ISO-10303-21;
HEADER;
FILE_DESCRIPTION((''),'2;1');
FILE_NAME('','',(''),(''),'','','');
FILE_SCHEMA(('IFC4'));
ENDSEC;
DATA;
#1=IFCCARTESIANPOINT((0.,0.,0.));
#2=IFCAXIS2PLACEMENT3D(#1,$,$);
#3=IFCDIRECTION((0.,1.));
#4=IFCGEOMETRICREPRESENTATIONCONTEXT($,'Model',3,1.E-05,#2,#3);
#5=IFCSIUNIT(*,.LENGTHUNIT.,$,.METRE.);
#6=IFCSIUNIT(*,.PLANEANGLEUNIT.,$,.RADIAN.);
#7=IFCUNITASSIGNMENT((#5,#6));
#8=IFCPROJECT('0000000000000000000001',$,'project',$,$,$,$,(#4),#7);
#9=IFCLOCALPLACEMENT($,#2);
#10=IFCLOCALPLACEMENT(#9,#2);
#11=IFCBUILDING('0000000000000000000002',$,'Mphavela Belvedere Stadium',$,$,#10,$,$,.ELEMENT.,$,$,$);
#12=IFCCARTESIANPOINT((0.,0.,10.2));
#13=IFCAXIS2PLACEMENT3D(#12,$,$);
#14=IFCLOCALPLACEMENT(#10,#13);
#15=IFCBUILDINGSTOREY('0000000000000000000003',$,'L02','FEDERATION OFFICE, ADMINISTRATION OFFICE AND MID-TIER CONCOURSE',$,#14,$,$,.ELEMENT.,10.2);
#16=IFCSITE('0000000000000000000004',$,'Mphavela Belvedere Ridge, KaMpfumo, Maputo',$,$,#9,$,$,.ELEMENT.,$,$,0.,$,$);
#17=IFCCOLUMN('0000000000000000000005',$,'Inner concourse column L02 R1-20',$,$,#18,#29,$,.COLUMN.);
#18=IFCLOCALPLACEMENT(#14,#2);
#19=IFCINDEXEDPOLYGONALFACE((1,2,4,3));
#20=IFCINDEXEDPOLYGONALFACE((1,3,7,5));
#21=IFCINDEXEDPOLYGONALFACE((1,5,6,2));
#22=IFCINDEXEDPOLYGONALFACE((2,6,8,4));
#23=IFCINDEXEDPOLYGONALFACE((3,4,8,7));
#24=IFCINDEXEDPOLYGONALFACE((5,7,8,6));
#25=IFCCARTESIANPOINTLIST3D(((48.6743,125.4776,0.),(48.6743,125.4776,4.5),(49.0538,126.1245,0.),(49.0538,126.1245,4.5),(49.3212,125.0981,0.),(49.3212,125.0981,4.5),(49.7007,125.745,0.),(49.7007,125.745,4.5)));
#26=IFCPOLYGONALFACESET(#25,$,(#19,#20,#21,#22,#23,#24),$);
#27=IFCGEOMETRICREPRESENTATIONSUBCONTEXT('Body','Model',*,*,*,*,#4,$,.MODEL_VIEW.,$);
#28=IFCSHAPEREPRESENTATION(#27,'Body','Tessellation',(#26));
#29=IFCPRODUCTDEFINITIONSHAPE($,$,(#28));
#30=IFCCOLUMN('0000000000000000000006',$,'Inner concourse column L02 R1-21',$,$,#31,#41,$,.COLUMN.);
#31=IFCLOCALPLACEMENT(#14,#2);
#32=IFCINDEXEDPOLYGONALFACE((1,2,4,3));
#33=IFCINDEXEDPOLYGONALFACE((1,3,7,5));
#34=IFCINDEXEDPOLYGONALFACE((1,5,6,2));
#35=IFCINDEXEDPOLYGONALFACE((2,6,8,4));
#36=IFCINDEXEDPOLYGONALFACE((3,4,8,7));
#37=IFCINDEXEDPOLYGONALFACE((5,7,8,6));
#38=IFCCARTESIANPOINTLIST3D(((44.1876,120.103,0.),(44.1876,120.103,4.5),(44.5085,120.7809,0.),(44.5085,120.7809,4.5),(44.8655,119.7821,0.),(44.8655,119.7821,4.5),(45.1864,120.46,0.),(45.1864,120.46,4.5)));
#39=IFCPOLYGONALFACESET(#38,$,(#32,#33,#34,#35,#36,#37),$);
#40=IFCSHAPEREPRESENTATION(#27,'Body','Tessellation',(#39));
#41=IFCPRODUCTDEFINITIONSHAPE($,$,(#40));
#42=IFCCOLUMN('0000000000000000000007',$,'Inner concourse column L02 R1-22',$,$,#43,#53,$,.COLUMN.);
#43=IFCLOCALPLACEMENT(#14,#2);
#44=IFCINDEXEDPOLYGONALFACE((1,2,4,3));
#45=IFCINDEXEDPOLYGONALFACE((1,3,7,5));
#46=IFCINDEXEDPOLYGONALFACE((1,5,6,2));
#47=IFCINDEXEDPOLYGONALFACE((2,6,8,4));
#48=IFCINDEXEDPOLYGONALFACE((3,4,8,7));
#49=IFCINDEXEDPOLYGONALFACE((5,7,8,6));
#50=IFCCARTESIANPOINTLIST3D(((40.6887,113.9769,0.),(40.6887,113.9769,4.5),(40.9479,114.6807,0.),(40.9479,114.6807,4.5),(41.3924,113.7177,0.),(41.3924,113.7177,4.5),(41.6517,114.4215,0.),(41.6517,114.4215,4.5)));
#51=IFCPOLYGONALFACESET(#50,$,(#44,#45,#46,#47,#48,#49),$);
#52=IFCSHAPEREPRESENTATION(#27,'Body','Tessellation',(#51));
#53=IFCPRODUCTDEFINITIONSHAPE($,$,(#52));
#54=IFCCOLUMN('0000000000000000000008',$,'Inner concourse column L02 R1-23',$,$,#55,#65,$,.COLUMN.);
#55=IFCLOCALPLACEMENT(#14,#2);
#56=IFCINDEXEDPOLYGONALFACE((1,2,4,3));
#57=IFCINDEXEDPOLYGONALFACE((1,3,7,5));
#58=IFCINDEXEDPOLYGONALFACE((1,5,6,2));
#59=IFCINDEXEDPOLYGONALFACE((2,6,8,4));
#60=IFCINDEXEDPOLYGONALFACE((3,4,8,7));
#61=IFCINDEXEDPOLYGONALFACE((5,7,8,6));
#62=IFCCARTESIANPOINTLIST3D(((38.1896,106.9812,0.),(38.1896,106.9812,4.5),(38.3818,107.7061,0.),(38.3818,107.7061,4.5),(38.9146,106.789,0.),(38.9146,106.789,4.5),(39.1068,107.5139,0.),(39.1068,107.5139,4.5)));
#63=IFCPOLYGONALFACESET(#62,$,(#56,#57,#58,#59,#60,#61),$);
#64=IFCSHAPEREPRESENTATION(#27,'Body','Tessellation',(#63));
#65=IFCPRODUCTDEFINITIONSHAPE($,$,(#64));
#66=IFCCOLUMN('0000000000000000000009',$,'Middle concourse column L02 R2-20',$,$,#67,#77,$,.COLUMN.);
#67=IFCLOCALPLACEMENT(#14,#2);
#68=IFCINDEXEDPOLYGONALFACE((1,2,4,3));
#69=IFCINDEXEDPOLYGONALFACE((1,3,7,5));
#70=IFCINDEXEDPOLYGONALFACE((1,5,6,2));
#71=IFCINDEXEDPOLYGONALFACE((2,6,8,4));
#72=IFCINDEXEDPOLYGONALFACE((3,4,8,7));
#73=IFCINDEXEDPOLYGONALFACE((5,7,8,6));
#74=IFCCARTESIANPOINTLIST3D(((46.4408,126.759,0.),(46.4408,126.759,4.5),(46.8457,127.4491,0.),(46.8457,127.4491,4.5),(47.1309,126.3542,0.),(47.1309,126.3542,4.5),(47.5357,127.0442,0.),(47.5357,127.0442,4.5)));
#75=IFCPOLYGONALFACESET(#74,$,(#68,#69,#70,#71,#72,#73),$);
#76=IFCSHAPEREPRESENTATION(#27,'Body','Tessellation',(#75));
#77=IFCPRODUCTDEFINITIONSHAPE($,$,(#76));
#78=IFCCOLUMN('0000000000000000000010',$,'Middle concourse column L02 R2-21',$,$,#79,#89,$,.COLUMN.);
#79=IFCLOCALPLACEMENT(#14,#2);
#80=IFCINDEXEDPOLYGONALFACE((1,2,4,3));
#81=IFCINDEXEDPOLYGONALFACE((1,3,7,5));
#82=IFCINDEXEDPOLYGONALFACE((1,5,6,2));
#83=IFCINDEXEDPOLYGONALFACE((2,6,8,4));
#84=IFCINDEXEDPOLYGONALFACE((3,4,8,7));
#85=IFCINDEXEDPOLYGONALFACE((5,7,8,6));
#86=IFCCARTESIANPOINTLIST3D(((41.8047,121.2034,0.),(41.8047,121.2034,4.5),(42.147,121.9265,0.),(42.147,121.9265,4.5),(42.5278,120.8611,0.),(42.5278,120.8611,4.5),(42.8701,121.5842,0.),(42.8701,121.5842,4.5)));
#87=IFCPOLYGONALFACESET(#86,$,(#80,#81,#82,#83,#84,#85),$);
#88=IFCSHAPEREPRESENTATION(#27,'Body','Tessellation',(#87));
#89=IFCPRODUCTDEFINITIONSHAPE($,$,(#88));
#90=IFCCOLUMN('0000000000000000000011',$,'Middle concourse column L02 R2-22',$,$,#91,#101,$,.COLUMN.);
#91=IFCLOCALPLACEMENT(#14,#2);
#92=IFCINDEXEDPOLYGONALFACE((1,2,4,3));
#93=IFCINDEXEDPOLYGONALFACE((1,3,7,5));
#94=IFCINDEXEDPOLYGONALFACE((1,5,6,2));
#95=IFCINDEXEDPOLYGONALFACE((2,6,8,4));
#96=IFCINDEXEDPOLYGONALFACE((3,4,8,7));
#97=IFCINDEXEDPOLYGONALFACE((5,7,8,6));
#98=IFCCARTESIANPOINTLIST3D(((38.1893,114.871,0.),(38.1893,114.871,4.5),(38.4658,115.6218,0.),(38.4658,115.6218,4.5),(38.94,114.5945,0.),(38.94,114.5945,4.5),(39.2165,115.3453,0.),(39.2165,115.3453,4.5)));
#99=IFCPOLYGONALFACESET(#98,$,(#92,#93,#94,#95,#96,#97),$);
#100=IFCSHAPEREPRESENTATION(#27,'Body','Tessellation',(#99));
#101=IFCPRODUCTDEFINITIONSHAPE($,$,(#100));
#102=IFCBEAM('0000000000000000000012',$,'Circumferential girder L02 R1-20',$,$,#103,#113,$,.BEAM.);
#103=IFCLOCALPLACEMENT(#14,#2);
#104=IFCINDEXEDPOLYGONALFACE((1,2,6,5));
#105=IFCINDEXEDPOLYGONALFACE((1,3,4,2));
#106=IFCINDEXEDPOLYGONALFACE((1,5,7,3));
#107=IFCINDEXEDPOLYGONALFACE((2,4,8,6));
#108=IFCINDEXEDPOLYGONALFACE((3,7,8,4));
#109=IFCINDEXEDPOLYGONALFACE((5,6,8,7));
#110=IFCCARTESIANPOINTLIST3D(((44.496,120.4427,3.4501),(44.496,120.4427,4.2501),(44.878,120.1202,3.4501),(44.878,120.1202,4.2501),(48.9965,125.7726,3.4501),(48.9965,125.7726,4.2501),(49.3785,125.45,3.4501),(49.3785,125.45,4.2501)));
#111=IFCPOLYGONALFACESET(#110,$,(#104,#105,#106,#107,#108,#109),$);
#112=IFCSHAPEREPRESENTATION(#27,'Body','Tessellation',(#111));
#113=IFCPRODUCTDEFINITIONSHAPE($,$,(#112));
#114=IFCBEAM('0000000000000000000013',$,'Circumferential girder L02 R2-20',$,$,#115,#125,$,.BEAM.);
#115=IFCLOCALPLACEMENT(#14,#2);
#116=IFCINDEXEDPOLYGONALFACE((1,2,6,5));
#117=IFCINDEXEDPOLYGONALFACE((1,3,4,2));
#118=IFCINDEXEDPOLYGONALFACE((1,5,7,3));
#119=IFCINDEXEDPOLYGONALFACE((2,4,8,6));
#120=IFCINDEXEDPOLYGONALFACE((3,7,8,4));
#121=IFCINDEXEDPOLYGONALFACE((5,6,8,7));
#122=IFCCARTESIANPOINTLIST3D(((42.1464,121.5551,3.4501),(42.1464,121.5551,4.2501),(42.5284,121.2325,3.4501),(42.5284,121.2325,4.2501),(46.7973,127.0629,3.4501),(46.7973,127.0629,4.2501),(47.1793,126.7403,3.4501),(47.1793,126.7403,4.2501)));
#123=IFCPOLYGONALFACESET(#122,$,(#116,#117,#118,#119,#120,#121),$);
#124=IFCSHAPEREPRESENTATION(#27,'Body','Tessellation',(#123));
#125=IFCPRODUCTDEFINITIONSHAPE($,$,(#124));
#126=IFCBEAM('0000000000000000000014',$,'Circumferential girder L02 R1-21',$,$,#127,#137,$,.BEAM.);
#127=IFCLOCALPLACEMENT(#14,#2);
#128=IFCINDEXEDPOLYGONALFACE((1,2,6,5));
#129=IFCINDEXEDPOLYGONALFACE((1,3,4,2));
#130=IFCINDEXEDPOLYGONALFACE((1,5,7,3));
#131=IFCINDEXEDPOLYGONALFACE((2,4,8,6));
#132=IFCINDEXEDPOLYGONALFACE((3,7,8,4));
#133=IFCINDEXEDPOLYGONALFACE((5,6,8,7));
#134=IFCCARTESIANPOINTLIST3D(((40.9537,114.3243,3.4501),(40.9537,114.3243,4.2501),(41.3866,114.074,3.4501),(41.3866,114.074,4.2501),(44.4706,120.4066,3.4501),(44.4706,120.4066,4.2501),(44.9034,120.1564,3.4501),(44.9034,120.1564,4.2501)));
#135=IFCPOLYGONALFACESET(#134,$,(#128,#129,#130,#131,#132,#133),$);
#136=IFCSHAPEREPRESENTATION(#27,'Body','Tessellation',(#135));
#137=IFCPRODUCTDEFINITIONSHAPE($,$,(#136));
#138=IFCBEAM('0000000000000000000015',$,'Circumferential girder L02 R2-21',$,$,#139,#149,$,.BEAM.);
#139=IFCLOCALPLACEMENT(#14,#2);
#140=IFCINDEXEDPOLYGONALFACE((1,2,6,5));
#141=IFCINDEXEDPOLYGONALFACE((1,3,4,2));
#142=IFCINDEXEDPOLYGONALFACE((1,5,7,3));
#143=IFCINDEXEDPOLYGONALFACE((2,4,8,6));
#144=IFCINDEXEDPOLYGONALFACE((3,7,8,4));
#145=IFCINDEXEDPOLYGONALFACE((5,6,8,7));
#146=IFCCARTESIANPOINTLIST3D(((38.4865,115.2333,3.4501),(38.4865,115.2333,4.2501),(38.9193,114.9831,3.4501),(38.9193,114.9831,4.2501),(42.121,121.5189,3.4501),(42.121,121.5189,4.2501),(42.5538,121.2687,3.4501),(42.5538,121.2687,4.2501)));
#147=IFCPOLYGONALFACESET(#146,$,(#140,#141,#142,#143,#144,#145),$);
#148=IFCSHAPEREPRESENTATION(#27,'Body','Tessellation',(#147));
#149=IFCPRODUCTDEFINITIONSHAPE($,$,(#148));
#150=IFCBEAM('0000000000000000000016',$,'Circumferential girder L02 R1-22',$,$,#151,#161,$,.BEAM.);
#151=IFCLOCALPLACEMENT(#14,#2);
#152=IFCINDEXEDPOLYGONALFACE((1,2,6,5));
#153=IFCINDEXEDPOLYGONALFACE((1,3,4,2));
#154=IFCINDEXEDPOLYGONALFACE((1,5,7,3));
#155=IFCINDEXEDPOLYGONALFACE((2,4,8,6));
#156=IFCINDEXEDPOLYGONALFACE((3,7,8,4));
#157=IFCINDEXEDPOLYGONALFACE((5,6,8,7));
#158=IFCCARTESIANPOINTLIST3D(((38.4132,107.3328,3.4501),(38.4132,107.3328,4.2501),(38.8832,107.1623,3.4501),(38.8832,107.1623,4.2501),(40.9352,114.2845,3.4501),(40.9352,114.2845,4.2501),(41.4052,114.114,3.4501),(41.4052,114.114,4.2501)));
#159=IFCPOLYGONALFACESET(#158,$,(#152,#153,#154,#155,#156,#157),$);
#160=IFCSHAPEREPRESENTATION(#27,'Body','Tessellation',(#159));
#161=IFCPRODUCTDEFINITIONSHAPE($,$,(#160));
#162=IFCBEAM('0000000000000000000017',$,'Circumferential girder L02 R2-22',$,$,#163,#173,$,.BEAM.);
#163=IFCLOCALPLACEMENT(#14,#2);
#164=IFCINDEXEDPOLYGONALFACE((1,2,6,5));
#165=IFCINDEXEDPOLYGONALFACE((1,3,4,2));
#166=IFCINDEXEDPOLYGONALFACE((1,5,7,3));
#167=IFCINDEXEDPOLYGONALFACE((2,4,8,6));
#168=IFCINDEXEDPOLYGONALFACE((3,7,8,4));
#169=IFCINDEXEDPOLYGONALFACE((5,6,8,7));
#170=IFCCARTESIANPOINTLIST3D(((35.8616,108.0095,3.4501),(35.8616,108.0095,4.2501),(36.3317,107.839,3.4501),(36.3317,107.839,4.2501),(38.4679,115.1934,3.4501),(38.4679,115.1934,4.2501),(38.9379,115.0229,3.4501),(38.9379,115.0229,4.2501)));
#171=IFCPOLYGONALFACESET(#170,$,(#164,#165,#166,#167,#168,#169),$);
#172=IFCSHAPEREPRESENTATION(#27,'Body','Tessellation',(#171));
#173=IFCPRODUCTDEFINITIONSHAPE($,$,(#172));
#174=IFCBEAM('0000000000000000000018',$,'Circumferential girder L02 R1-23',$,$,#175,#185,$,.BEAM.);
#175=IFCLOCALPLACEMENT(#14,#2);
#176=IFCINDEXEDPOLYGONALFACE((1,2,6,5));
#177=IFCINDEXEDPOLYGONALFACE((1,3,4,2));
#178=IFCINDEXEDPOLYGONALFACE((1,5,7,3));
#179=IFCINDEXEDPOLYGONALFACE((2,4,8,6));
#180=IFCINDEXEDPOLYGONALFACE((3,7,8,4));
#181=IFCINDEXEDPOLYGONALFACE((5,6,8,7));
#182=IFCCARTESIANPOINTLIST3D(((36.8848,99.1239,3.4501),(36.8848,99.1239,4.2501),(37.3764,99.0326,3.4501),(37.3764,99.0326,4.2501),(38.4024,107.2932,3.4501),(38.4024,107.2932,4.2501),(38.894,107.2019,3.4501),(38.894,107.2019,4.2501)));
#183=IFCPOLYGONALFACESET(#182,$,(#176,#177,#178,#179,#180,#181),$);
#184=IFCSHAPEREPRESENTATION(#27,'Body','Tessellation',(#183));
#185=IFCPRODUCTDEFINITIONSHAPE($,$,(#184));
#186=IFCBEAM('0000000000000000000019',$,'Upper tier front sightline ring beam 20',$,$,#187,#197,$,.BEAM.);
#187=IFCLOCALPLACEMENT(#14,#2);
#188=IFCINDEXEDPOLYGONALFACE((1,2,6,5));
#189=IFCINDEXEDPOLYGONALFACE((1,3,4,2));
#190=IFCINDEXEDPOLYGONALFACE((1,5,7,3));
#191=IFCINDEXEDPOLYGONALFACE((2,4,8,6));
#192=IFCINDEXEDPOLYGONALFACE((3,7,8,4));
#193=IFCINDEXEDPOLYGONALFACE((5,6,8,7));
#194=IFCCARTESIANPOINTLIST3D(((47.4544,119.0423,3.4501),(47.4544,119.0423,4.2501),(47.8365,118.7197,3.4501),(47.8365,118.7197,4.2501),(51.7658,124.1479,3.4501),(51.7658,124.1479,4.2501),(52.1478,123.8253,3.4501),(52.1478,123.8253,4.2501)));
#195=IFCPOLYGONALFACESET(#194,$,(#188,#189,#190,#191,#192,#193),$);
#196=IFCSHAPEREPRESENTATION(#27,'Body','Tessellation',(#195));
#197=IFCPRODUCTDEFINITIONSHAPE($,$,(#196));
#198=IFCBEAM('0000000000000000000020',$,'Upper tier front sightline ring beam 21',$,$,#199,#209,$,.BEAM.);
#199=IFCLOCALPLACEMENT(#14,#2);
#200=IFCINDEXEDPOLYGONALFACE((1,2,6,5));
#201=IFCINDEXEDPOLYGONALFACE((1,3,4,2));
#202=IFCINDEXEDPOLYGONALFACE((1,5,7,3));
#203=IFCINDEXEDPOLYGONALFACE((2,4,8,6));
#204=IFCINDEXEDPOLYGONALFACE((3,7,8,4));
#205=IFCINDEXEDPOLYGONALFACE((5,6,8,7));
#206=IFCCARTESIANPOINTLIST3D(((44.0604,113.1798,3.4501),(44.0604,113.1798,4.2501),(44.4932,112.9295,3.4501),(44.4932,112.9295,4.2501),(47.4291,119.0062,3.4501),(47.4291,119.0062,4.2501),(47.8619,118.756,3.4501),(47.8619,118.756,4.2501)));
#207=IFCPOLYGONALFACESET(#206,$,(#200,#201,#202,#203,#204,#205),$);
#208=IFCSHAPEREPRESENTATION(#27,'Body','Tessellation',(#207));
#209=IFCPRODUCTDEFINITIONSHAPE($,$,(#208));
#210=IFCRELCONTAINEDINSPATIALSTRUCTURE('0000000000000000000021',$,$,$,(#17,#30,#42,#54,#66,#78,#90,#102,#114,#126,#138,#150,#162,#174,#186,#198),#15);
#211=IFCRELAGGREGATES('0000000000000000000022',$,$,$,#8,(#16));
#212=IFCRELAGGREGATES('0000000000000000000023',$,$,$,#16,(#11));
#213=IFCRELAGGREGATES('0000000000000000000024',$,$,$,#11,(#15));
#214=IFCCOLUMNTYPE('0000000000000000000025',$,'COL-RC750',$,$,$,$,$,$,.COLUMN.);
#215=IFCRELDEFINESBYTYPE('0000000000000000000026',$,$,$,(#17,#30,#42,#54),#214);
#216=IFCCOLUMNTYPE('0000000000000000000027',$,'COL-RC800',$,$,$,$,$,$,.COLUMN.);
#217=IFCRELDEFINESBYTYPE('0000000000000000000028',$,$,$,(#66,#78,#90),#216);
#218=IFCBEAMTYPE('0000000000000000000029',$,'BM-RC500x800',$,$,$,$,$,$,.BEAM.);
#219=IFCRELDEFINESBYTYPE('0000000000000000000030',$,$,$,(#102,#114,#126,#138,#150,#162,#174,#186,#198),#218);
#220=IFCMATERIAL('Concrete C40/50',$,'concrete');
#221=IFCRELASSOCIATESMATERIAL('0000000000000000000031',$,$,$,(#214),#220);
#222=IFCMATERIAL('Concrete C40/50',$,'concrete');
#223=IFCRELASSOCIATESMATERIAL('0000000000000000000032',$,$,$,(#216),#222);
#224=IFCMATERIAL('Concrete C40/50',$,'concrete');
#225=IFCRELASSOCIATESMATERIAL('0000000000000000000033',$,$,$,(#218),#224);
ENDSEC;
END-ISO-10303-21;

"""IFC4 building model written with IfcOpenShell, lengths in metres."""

from ifc_helpers import new_model, si_unit, direction, frame, origin, origin_2d, place, context, subcontext, project, spatial, rectangle, extrude, material, material_profile, profile_set, type_object, element, save


model = new_model("IFC4")

# Units and contexts
model_context = context("Model", 3, precision=1e-05, world=origin(), true_north=direction((0.0, 1.0)))
body_context = subcontext(model_context, "Body", "Model", "MODEL_VIEW")
ifc_project = project(units=[si_unit("LENGTHUNIT", "METRE"), si_unit("PLANEANGLEUNIT", "RADIAN")], contexts=[model_context])

# Site, building, storey
site_placement = place(None, origin())
site = spatial("IfcSite", under=ifc_project, at=site_placement, Name="Mphavela Belvedere Ridge, KaMpfumo, Maputo", CompositionType="ELEMENT", RefElevation=0.0)
building_placement = place(site_placement, origin())
building = spatial("IfcBuilding", under=site, at=building_placement, Name="Mphavela Belvedere Stadium", CompositionType="ELEMENT")
storey_placement = place(building_placement, frame((0.0, 0.0, 10.2)))
storey = spatial("IfcBuildingStorey", under=building, at=storey_placement, Name="L02", Description="FEDERATION OFFICE, ADMINISTRATION OFFICE AND MID-TIER CONCOURSE", CompositionType="ELEMENT", Elevation=10.2)

# Columns
ifc_material_1 = material(Name="Concrete C40/50", Category="concrete")
ifc_material_profile_1 = material_profile(ifc_material_1, rectangle(XDim=0.75, YDim=0.75, at=origin_2d()), Name="RC 750x750")
ifc_profile_set_1 = profile_set([ifc_material_profile_1], Name="Concrete C40/50")
column_type_1 = type_object("IfcColumnType", Name="COL-RC750", PredefinedType="COLUMN", material=ifc_profile_set_1)
for number, where, z_axis, x_axis, name in (
    (1, (49.1875, 125.6113, 0.0), (0.0, 0.0, 1.0), (-0.862514, 0.506034, 0.0), "Inner concourse column L02 R1-20"),
    (2, (44.687, 120.2815, 0.0), (0.0, 0.0, 1.0), (-0.903859, 0.427831, 0.0), "Inner concourse column L02 R1-21"),
    (3, (41.1702, 114.1992, 0.0), (0.0, 0.0, 1.0), (-0.938372, 0.345626, 0.0), "Inner concourse column L02 R1-22"),
    (4, (38.6482, 107.2476, 0.0), (0.0, 0.0, 1.0), (-0.9666, 0.256289, 0.0), "Inner concourse column L02 R1-23"),
):
    element("IfcColumn", number, at=place(storey_placement, frame(where, z_axis=z_axis, x_axis=x_axis)), inside=storey, type_object=column_type_1, Name=name, PredefinedType="COLUMN", context=body_context, shape_type="SweptSolid", body=[
        extrude(rectangle(XDim=0.75, YDim=0.75, at=origin_2d()), origin(), (0.0, 0.0, 1.0), 4.5),
    ])
ifc_material_2 = material(Name="Concrete C40/50", Category="concrete")
ifc_material_profile_2 = material_profile(ifc_material_2, rectangle(XDim=0.8, YDim=0.8, at=origin_2d()), Name="RC 800x800")
ifc_profile_set_2 = profile_set([ifc_material_profile_2], Name="Concrete C40/50")
column_type_2 = type_object("IfcColumnType", Name="COL-RC800", PredefinedType="COLUMN", material=ifc_profile_set_2)
for number, where, z_axis, x_axis, name in (
    (5, (46.9883, 126.9016, 0.0), (0.0, 0.0, 1.0), (-0.862514, 0.506034, 0.0), "Middle concourse column L02 R2-20"),
    (6, (42.3374, 121.3938, 0.0), (0.0, 0.0, 1.0), (-0.903859, 0.427831, 0.0), "Middle concourse column L02 R2-21"),
    (7, (38.7029, 115.1082, 0.0), (0.0, 0.0, 1.0), (-0.938372, 0.345626, 0.0), "Middle concourse column L02 R2-22"),
):
    element("IfcColumn", number, at=place(storey_placement, frame(where, z_axis=z_axis, x_axis=x_axis)), inside=storey, type_object=column_type_2, Name=name, PredefinedType="COLUMN", context=body_context, shape_type="SweptSolid", body=[
        extrude(rectangle(XDim=0.8, YDim=0.8, at=origin_2d()), origin(), (0.0, 0.0, 1.0), 4.5),
    ])

# Beams
ifc_material_3 = material(Name="Concrete C40/50", Category="concrete")
ifc_material_profile_3 = material_profile(ifc_material_3, rectangle(XDim=0.5, YDim=0.8, at=origin_2d()), Name="RC 500x800")
ifc_profile_set_3 = profile_set([ifc_material_profile_3], Name="Concrete C40/50")
beam_type_1 = type_object("IfcBeamType", Name="BM-RC500x800", PredefinedType="BEAM", material=ifc_profile_set_3)
beam_1_placement = place(storey_placement, frame((49.1875, 125.6113, 3.8501), z_axis=(-0.645159, -0.764048, 0.0), x_axis=(0.764048, -0.645159, 0.0)))
element("IfcBeam", 8, at=beam_1_placement, inside=storey, type_object=beam_type_1, Name="Circumferential girder L02 R1-20", PredefinedType="BEAM", context=body_context, shape_type="SweptSolid", body=[
    extrude(rectangle(XDim=0.5, YDim=0.8, at=origin_2d()), origin(), (0.0, 0.0, 1.0), 6.9758),
])
beam_2_placement = place(storey_placement, frame((46.9883, 126.9016, 3.8501), z_axis=(-0.645168, -0.764041, 0.0), x_axis=(0.764041, -0.645168, 0.0)))
element("IfcBeam", 9, at=beam_2_placement, inside=storey, type_object=beam_type_1, Name="Circumferential girder L02 R2-20", PredefinedType="BEAM", context=body_context, shape_type="SweptSolid", body=[
    extrude(rectangle(XDim=0.5, YDim=0.8, at=origin_2d()), origin(), (0.0, 0.0, 1.0), 7.2087),
])
beam_3_placement = place(storey_placement, frame((44.687, 120.2815, 3.8501), z_axis=(-0.50056, -0.865702, 0.0), x_axis=(0.865702, -0.50056, 0.0)))
element("IfcBeam", 10, at=beam_3_placement, inside=storey, type_object=beam_type_1, Name="Circumferential girder L02 R1-21", PredefinedType="BEAM", context=body_context, shape_type="SweptSolid", body=[
    extrude(rectangle(XDim=0.5, YDim=0.8, at=origin_2d()), origin(), (0.0, 0.0, 1.0), 7.0259),
])
beam_4_placement = place(storey_placement, frame((42.3374, 121.3938, 3.8501), z_axis=(-0.500568, -0.865697, 0.0), x_axis=(0.865697, -0.500568, 0.0)))
element("IfcBeam", 11, at=beam_4_placement, inside=storey, type_object=beam_type_1, Name="Circumferential girder L02 R2-21", PredefinedType="BEAM", context=body_context, shape_type="SweptSolid", body=[
    extrude(rectangle(XDim=0.5, YDim=0.8, at=origin_2d()), origin(), (0.0, 0.0, 1.0), 7.2607),
])
beam_5_placement = place(storey_placement, frame((41.1702, 114.1992, 3.8501), z_axis=(-0.341038, -0.94005, 0.0), x_axis=(0.94005, -0.341038, 0.0)))
element("IfcBeam", 12, at=beam_5_placement, inside=storey, type_object=beam_type_1, Name="Circumferential girder L02 R1-22", PredefinedType="BEAM", context=body_context, shape_type="SweptSolid", body=[
    extrude(rectangle(XDim=0.5, YDim=0.8, at=origin_2d()), origin(), (0.0, 0.0, 1.0), 7.395),
])
beam_6_placement = place(storey_placement, frame((38.7029, 115.1082, 3.8501), z_axis=(-0.341038, -0.94005, 0.0), x_axis=(0.94005, -0.341038, 0.0)))
element("IfcBeam", 13, at=beam_6_placement, inside=storey, type_object=beam_type_1, Name="Circumferential girder L02 R2-22", PredefinedType="BEAM", context=body_context, shape_type="SweptSolid", body=[
    extrude(rectangle(XDim=0.5, YDim=0.8, at=origin_2d()), origin(), (0.0, 0.0, 1.0), 7.6421),
])
beam_7_placement = place(storey_placement, frame((38.6482, 107.2476, 3.8501), z_axis=(-0.182638, -0.98318, 0.0), x_axis=(0.98318, -0.182638, 0.0)))
element("IfcBeam", 14, at=beam_7_placement, inside=storey, type_object=beam_type_1, Name="Circumferential girder L02 R1-23", PredefinedType="BEAM", context=body_context, shape_type="SweptSolid", body=[
    extrude(rectangle(XDim=0.5, YDim=0.8, at=origin_2d()), origin(), (0.0, 0.0, 1.0), 8.3091),
])
beam_8_placement = place(storey_placement, frame((51.9568, 123.9866, 3.8501), z_axis=(-0.64518, -0.76403, 0.0), x_axis=(0.76403, -0.64518, 0.0)))
element("IfcBeam", 15, at=beam_8_placement, inside=storey, type_object=beam_type_1, Name="Upper tier front sightline ring beam 20", PredefinedType="BEAM", context=body_context, shape_type="SweptSolid", body=[
    extrude(rectangle(XDim=0.5, YDim=0.8, at=origin_2d()), origin(), (0.0, 0.0, 1.0), 6.6824),
])
beam_9_placement = place(storey_placement, frame((47.6455, 118.8811, 3.8501), z_axis=(-0.500531, -0.865718, 0.0), x_axis=(0.865718, -0.500531, 0.0)))
element("IfcBeam", 16, at=beam_9_placement, inside=storey, type_object=beam_type_1, Name="Upper tier front sightline ring beam 21", PredefinedType="BEAM", context=body_context, shape_type="SweptSolid", body=[
    extrude(rectangle(XDim=0.5, YDim=0.8, at=origin_2d()), origin(), (0.0, 0.0, 1.0), 6.7302),
])

save(model, "model.ifc")
